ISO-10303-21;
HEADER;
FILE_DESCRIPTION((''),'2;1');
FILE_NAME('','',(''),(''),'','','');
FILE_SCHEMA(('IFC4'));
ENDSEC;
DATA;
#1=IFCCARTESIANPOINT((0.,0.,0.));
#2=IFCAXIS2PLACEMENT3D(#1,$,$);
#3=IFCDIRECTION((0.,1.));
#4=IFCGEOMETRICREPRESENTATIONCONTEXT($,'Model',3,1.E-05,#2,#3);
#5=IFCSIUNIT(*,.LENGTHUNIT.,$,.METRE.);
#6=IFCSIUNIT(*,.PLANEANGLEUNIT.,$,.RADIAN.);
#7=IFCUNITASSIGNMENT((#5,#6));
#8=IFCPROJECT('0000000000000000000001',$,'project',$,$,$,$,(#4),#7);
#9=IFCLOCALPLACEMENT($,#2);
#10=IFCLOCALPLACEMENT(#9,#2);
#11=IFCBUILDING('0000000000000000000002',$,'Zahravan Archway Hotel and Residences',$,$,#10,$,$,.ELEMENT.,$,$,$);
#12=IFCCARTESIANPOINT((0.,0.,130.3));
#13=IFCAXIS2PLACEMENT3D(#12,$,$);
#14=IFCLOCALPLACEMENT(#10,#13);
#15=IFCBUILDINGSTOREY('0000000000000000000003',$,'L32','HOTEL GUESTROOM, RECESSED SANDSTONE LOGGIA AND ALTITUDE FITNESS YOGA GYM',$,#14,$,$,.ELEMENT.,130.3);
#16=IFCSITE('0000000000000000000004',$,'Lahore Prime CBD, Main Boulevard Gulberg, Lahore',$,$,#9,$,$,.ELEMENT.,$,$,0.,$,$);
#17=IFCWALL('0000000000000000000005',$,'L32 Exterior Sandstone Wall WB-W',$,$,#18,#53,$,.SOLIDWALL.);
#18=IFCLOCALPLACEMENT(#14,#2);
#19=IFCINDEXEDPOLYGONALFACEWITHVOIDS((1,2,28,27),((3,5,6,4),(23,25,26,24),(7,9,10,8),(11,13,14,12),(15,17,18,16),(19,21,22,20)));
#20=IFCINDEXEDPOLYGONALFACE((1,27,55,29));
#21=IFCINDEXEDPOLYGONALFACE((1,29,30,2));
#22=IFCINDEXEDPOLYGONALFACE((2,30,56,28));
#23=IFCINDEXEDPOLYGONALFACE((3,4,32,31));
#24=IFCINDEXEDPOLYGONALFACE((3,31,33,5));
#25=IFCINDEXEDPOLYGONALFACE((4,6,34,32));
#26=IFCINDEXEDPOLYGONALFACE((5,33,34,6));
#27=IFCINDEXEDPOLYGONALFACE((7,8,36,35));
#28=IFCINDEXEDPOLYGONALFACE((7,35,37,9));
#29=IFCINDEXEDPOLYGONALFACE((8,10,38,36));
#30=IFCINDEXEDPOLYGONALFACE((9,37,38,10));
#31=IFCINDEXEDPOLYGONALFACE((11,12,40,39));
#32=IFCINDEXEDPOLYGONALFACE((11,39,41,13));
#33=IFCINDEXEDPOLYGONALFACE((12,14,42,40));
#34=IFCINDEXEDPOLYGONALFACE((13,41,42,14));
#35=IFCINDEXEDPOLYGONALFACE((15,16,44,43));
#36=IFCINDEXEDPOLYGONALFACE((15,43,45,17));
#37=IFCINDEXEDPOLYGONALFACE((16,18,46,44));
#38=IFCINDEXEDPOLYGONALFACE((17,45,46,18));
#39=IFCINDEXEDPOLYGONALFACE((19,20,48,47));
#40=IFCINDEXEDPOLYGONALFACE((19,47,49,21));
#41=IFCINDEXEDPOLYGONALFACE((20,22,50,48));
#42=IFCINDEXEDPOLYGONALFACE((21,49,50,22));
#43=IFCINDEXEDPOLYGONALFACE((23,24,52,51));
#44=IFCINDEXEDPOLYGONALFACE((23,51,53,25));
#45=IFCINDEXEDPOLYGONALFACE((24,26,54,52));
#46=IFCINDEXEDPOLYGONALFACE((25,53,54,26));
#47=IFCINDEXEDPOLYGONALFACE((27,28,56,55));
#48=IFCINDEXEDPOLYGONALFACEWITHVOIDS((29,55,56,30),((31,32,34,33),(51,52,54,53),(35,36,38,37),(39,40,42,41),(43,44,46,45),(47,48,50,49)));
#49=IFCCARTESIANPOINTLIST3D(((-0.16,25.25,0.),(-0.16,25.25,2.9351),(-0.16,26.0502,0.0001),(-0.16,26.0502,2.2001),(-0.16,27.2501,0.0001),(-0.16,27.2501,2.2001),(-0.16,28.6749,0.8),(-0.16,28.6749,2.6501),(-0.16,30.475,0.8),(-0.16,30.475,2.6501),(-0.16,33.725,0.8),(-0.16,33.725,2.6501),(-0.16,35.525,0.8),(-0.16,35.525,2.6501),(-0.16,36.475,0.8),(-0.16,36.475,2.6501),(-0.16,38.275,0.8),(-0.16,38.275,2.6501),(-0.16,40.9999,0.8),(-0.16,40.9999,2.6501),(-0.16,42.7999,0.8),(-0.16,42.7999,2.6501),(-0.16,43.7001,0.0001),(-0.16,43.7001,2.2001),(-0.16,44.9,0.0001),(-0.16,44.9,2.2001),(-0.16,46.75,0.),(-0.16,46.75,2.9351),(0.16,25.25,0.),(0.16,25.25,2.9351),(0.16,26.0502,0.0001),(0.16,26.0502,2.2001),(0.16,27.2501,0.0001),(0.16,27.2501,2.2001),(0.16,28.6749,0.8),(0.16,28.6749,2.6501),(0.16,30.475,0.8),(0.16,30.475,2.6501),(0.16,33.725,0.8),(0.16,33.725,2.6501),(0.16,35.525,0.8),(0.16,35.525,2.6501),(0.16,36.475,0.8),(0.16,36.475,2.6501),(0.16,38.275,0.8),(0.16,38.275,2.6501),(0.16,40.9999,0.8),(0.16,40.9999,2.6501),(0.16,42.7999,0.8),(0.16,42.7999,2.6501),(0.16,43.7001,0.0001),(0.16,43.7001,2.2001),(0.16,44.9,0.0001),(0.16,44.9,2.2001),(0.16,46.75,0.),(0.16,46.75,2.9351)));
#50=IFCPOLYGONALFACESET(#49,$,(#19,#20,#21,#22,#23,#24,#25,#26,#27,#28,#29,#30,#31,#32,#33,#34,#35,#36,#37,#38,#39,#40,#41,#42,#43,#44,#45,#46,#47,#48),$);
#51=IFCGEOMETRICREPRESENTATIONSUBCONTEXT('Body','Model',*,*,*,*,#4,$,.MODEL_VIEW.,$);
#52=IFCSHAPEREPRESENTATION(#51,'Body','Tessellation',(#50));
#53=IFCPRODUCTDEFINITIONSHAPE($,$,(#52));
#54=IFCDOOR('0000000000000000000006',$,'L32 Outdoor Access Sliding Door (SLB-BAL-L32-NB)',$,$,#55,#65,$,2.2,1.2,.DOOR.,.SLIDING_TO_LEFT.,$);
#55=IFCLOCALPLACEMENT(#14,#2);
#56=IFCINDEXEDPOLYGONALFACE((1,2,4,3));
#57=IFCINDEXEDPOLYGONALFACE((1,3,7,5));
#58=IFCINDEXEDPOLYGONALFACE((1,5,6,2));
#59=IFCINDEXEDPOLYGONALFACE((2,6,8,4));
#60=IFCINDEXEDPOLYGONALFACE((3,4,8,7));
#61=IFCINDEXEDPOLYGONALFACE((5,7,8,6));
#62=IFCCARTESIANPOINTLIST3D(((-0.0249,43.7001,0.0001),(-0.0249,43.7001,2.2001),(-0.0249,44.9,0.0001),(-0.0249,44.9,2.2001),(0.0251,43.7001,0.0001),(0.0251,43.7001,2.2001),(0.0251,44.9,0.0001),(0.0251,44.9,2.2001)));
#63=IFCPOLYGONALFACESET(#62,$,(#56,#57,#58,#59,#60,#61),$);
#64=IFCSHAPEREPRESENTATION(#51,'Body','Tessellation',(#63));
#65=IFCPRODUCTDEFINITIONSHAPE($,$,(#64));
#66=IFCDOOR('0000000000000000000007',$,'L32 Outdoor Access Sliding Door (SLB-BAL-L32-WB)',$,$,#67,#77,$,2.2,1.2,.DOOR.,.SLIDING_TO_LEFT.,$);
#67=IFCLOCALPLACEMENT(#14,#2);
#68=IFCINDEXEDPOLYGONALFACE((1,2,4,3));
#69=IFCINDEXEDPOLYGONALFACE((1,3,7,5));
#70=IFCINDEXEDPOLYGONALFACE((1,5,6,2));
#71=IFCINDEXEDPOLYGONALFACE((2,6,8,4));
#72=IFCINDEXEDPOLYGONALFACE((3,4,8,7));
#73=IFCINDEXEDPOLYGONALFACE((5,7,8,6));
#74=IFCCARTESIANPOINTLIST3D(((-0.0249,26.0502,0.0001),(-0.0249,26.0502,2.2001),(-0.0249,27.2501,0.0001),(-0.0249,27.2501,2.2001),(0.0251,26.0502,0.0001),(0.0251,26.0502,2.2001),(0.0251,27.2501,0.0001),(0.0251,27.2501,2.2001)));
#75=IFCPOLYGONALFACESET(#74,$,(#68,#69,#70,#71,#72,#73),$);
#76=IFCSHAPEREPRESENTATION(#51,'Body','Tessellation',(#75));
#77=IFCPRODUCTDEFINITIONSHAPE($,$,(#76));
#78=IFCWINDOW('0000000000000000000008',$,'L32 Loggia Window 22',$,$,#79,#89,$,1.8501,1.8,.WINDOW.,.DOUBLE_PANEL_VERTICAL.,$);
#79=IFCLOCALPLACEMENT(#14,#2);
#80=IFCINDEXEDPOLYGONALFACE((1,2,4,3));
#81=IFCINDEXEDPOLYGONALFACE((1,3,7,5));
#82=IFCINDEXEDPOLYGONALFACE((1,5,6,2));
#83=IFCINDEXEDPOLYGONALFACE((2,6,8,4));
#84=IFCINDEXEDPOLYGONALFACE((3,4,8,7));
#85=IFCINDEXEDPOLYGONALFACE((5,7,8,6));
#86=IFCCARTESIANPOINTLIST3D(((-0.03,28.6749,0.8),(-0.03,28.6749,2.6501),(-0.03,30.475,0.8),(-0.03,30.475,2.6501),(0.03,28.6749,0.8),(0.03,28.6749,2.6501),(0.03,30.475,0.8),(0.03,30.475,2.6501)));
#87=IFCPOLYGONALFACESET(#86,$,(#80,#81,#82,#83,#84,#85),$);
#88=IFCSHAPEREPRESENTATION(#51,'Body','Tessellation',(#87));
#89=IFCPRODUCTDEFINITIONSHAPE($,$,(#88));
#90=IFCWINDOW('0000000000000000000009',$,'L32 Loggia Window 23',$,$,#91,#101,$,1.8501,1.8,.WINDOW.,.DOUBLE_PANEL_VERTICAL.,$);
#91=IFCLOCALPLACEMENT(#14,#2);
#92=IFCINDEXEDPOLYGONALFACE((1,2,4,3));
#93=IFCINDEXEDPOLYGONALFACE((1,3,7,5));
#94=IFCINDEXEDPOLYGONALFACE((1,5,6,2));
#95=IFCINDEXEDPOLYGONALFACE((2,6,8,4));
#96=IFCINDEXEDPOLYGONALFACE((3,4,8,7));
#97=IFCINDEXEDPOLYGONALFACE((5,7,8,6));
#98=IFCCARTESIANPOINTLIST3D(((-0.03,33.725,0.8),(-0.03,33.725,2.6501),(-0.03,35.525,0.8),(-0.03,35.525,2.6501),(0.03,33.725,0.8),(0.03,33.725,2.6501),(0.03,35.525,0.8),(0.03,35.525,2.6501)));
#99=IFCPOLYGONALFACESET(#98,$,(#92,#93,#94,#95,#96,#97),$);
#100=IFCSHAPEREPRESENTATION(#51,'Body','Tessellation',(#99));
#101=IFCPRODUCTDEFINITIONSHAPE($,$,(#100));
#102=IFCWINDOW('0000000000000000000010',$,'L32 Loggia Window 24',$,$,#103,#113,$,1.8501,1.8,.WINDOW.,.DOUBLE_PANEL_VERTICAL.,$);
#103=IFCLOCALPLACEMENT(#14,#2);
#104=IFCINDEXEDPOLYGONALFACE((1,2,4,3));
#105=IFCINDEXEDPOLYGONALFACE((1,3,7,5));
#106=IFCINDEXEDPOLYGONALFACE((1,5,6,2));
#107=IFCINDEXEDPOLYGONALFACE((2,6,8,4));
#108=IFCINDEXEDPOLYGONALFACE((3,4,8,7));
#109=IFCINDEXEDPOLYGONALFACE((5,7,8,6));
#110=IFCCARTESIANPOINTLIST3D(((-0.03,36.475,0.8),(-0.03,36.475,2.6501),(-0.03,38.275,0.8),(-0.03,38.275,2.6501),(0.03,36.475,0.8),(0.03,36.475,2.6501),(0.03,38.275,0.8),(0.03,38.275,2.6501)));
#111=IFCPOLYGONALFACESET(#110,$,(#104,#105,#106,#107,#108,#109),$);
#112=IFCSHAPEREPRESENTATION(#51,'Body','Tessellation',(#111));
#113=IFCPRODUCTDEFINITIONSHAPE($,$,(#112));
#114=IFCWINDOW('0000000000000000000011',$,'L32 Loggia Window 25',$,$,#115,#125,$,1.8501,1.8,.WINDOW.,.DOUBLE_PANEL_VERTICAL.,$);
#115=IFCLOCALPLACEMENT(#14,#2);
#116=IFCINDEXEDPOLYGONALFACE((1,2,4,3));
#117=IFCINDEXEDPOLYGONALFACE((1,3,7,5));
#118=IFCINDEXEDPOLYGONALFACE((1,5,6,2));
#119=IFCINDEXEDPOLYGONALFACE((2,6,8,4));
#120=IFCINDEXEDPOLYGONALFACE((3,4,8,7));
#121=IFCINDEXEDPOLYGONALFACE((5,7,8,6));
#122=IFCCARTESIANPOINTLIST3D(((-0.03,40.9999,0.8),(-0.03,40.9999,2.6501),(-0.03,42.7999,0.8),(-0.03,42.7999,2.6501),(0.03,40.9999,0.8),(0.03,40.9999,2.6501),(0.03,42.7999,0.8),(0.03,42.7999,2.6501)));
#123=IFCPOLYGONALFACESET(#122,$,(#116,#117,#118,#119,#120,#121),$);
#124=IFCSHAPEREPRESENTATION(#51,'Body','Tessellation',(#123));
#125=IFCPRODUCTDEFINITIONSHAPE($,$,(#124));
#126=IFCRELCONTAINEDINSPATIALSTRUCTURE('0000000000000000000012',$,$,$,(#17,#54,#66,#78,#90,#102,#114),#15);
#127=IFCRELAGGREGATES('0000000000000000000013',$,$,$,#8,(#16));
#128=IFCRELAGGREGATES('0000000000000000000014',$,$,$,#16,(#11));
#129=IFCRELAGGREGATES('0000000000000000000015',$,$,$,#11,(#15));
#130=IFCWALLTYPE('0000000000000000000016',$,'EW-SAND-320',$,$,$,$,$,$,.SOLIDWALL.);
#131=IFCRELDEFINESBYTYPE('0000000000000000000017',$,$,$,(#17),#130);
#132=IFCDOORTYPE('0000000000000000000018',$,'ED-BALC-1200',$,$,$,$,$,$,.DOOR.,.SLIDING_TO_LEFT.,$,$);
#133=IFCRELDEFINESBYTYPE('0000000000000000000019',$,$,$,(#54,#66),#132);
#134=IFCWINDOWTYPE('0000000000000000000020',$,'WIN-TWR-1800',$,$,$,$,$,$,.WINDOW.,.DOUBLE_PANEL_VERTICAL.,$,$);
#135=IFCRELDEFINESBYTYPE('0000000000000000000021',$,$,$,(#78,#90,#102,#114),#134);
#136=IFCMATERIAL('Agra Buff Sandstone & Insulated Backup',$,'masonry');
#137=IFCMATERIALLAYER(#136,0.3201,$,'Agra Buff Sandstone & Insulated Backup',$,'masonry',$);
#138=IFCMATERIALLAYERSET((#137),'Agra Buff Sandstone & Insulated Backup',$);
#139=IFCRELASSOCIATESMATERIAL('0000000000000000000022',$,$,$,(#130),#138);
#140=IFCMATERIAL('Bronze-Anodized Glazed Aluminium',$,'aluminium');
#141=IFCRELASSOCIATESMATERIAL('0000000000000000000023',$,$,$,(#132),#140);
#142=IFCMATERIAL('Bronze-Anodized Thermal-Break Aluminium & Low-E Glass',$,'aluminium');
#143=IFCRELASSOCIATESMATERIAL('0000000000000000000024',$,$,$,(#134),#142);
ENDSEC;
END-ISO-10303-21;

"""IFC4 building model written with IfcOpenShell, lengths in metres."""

from ifc_helpers import new_model, si_unit, direction, frame, frame_2d, origin, place, context, subcontext, project, spatial, rectangle, extrude, source, transform, mapped, material, layer, layer_set, type_object, type_shapes, element, fill, save


model = new_model("IFC4")

# Units and contexts
model_context = context("Model", 3, precision=1e-05, world=origin(), true_north=direction((0.0, 1.0)))
body_context = subcontext(model_context, "Body", "Model", "MODEL_VIEW")
ifc_project = project(units=[si_unit("LENGTHUNIT", "METRE"), si_unit("PLANEANGLEUNIT", "RADIAN")], contexts=[model_context])

# Site, building, storey
site_placement = place(None, origin())
site = spatial("IfcSite", under=ifc_project, at=site_placement, Name="Lahore Prime CBD, Main Boulevard Gulberg, Lahore", CompositionType="ELEMENT", RefElevation=0.0)
building_placement = place(site_placement, origin())
building = spatial("IfcBuilding", under=site, at=building_placement, Name="Zahravan Archway Hotel and Residences", CompositionType="ELEMENT")
storey_placement = place(building_placement, frame((0.0, 0.0, 130.3)))
storey = spatial("IfcBuildingStorey", under=building, at=storey_placement, Name="L32", Description="HOTEL GUESTROOM, RECESSED SANDSTONE LOGGIA AND ALTITUDE FITNESS YOGA GYM", CompositionType="ELEMENT", Elevation=130.3)

# Shared definitions
ifc_material_1 = material(Name="Agra Buff Sandstone & Insulated Backup", Category="masonry")
ifc_layer_1 = layer(ifc_material_1, 0.3201, Name="Agra Buff Sandstone & Insulated Backup", Category="masonry")
ifc_layer_set_1 = layer_set([ifc_layer_1], Name="Agra Buff Sandstone & Insulated Backup")
wall_type_1 = type_object("IfcWallType", Name="EW-SAND-320", PredefinedType="SOLIDWALL", material=ifc_layer_set_1)
ifc_material_2 = material(Name="Bronze-Anodized Thermal-Break Aluminium & Low-E Glass", Category="aluminium")

# Wall, openings, doors, windows
wall_1_placement = place(storey_placement, frame((0.0, 25.25, 0.0), z_axis=(0.0, 0.0, 1.0), x_axis=(0.0, 1.0, 0.0)))
wall_1 = element("IfcWall", 1, at=wall_1_placement, inside=storey, type_object=wall_type_1, Name="L32 Exterior Sandstone Wall WB-W", PredefinedType="SOLIDWALL", context=body_context, shape_type="SweptSolid", body=[
    extrude(rectangle(XDim=21.5, YDim=0.3201, at=frame_2d((10.75, 0.0))), origin(), (0.0, 0.0, 1.0), 2.9351),
])
opening_1_placement = place(wall_1_placement, frame((18.45, 0.0, 0.0)))
opening_1 = element("IfcOpeningElement", 2, at=opening_1_placement, cuts=wall_1, PredefinedType="OPENING", context=body_context, shape_type="SweptSolid", body=[
    extrude(rectangle(XDim=1.2, YDim=2.2, at=frame_2d((0.6001, 1.1001))), frame((0.0, 0.1699, 0.0), z_axis=(0.0, -1.0, 0.0), x_axis=(1.0, 0.0, 0.0)), (0.0, 0.0, 1.0), 0.3401),
])
opening_2_placement = place(wall_1_placement, frame((0.8, 0.0, 0.0)))
opening_2 = element("IfcOpeningElement", 3, at=opening_2_placement, cuts=wall_1, PredefinedType="OPENING", context=body_context, shape_type="SweptSolid", body=[
    extrude(rectangle(XDim=1.2, YDim=2.2, at=frame_2d((0.6001, 1.1001))), frame((0.0, 0.1699, 0.0), z_axis=(0.0, -1.0, 0.0), x_axis=(1.0, 0.0, 0.0)), (0.0, 0.0, 1.0), 0.3401),
])
opening_3_placement = place(wall_1_placement, frame((3.425, 0.0, 0.8)))
opening_3 = element("IfcOpeningElement", 4, at=opening_3_placement, cuts=wall_1, PredefinedType="OPENING", context=body_context, shape_type="SweptSolid", body=[
    extrude(rectangle(XDim=1.8, YDim=1.8501, at=frame_2d((0.8999, 0.925))), frame((0.0, 0.1699, 0.0), z_axis=(0.0, -1.0, 0.0), x_axis=(1.0, 0.0, 0.0)), (0.0, 0.0, 1.0), 0.3401),
])
opening_4_placement = place(wall_1_placement, frame((8.4751, 0.0, 0.8)))
opening_4 = element("IfcOpeningElement", 5, at=opening_4_placement, cuts=wall_1, PredefinedType="OPENING", context=body_context, shape_type="SweptSolid", body=[
    extrude(rectangle(XDim=1.8, YDim=1.8501, at=frame_2d((0.8999, 0.925))), frame((0.0, 0.1699, 0.0), z_axis=(0.0, -1.0, 0.0), x_axis=(1.0, 0.0, 0.0)), (0.0, 0.0, 1.0), 0.3401),
])
opening_5_placement = place(wall_1_placement, frame((11.2251, 0.0, 0.8)))
opening_5 = element("IfcOpeningElement", 6, at=opening_5_placement, cuts=wall_1, PredefinedType="OPENING", context=body_context, shape_type="SweptSolid", body=[
    extrude(rectangle(XDim=1.8, YDim=1.8501, at=frame_2d((0.8999, 0.925))), frame((0.0, 0.1699, 0.0), z_axis=(0.0, -1.0, 0.0), x_axis=(1.0, 0.0, 0.0)), (0.0, 0.0, 1.0), 0.3401),
])
opening_6_placement = place(wall_1_placement, frame((15.75, 0.0, 0.8)))
opening_6 = element("IfcOpeningElement", 7, at=opening_6_placement, cuts=wall_1, PredefinedType="OPENING", context=body_context, shape_type="SweptSolid", body=[
    extrude(rectangle(XDim=1.8, YDim=1.8501, at=frame_2d((0.8999, 0.925))), frame((0.0, 0.1699, 0.0), z_axis=(0.0, -1.0, 0.0), x_axis=(1.0, 0.0, 0.0)), (0.0, 0.0, 1.0), 0.3401),
])
ifc_material_3 = material(Name="Bronze-Anodized Glazed Aluminium", Category="aluminium")
door_type = type_object("IfcDoorType", Name="ED-BALC-1200", OperationType="SLIDING_TO_LEFT", PredefinedType="DOOR", material=ifc_material_3)
shared_shape_1 = source(origin(), body_context, "Body", "SweptSolid", [
    extrude(rectangle(XDim=1.2, YDim=2.2, at=frame_2d((0.6001, 1.1001))), frame((0.0, 0.0249, 0.0), z_axis=(0.0, -1.0, 0.0), x_axis=(1.0, 0.0, 0.0)), (0.0, 0.0, 1.0), 0.05),
])
type_shapes(door_type, [shared_shape_1])
door_1_placement = place(opening_1_placement, origin())
door_1 = element("IfcDoor", 8, at=door_1_placement, inside=storey, type_object=door_type, Name="L32 Outdoor Access Sliding Door (SLB-BAL-L32-NB)", OperationType="SLIDING_TO_LEFT", OverallHeight=2.2, OverallWidth=1.2, PredefinedType="DOOR", context=body_context, shape_type="MappedRepresentation", body=[
    mapped(shared_shape_1, transform((0.0, 0.0, 0.0), scale=1.0)),
])
fill(opening_1, door_1)
door_2_placement = place(opening_2_placement, origin())
door_2 = element("IfcDoor", 9, at=door_2_placement, inside=storey, type_object=door_type, Name="L32 Outdoor Access Sliding Door (SLB-BAL-L32-WB)", OperationType="SLIDING_TO_LEFT", OverallHeight=2.2, OverallWidth=1.2, PredefinedType="DOOR", context=body_context, shape_type="MappedRepresentation", body=[
    mapped(shared_shape_1, transform((0.0, 0.0, 0.0), scale=1.0)),
])
fill(opening_2, door_2)
window_type_1 = type_object("IfcWindowType", Name="WIN-TWR-1800", PartitioningType="DOUBLE_PANEL_VERTICAL", PredefinedType="WINDOW", material=ifc_material_2)
shared_shape_2 = source(origin(), body_context, "Body", "SweptSolid", [
    extrude(rectangle(XDim=1.8, YDim=1.8501, at=frame_2d((0.8999, 0.925))), frame((0.0, 0.03, 0.0), z_axis=(0.0, -1.0, 0.0), x_axis=(1.0, 0.0, 0.0)), (0.0, 0.0, 1.0), 0.0601),
])
type_shapes(window_type_1, [shared_shape_2])
window_1_placement = place(opening_3_placement, origin())
window_1 = element("IfcWindow", 10, at=window_1_placement, inside=storey, type_object=window_type_1, Name="L32 Loggia Window 22", OverallHeight=1.8501, OverallWidth=1.8, PartitioningType="DOUBLE_PANEL_VERTICAL", PredefinedType="WINDOW", context=body_context, shape_type="MappedRepresentation", body=[
    mapped(shared_shape_2, transform((0.0, 0.0, 0.0), scale=1.0)),
])
fill(opening_3, window_1)
window_2_placement = place(opening_4_placement, origin())
window_2 = element("IfcWindow", 11, at=window_2_placement, inside=storey, type_object=window_type_1, Name="L32 Loggia Window 23", OverallHeight=1.8501, OverallWidth=1.8, PartitioningType="DOUBLE_PANEL_VERTICAL", PredefinedType="WINDOW", context=body_context, shape_type="MappedRepresentation", body=[
    mapped(shared_shape_2, transform((0.0, 0.0, 0.0), scale=1.0)),
])
fill(opening_4, window_2)
window_3_placement = place(opening_5_placement, origin())
window_3 = element("IfcWindow", 12, at=window_3_placement, inside=storey, type_object=window_type_1, Name="L32 Loggia Window 24", OverallHeight=1.8501, OverallWidth=1.8, PartitioningType="DOUBLE_PANEL_VERTICAL", PredefinedType="WINDOW", context=body_context, shape_type="MappedRepresentation", body=[
    mapped(shared_shape_2, transform((0.0, 0.0, 0.0), scale=1.0)),
])
fill(opening_5, window_3)
window_4_placement = place(opening_6_placement, origin())
window_4 = element("IfcWindow", 13, at=window_4_placement, inside=storey, type_object=window_type_1, Name="L32 Loggia Window 25", OverallHeight=1.8501, OverallWidth=1.8, PartitioningType="DOUBLE_PANEL_VERTICAL", PredefinedType="WINDOW", context=body_context, shape_type="MappedRepresentation", body=[
    mapped(shared_shape_2, transform((0.0, 0.0, 0.0), scale=1.0)),
])
fill(opening_6, window_4)

save(model, "model.ifc")
